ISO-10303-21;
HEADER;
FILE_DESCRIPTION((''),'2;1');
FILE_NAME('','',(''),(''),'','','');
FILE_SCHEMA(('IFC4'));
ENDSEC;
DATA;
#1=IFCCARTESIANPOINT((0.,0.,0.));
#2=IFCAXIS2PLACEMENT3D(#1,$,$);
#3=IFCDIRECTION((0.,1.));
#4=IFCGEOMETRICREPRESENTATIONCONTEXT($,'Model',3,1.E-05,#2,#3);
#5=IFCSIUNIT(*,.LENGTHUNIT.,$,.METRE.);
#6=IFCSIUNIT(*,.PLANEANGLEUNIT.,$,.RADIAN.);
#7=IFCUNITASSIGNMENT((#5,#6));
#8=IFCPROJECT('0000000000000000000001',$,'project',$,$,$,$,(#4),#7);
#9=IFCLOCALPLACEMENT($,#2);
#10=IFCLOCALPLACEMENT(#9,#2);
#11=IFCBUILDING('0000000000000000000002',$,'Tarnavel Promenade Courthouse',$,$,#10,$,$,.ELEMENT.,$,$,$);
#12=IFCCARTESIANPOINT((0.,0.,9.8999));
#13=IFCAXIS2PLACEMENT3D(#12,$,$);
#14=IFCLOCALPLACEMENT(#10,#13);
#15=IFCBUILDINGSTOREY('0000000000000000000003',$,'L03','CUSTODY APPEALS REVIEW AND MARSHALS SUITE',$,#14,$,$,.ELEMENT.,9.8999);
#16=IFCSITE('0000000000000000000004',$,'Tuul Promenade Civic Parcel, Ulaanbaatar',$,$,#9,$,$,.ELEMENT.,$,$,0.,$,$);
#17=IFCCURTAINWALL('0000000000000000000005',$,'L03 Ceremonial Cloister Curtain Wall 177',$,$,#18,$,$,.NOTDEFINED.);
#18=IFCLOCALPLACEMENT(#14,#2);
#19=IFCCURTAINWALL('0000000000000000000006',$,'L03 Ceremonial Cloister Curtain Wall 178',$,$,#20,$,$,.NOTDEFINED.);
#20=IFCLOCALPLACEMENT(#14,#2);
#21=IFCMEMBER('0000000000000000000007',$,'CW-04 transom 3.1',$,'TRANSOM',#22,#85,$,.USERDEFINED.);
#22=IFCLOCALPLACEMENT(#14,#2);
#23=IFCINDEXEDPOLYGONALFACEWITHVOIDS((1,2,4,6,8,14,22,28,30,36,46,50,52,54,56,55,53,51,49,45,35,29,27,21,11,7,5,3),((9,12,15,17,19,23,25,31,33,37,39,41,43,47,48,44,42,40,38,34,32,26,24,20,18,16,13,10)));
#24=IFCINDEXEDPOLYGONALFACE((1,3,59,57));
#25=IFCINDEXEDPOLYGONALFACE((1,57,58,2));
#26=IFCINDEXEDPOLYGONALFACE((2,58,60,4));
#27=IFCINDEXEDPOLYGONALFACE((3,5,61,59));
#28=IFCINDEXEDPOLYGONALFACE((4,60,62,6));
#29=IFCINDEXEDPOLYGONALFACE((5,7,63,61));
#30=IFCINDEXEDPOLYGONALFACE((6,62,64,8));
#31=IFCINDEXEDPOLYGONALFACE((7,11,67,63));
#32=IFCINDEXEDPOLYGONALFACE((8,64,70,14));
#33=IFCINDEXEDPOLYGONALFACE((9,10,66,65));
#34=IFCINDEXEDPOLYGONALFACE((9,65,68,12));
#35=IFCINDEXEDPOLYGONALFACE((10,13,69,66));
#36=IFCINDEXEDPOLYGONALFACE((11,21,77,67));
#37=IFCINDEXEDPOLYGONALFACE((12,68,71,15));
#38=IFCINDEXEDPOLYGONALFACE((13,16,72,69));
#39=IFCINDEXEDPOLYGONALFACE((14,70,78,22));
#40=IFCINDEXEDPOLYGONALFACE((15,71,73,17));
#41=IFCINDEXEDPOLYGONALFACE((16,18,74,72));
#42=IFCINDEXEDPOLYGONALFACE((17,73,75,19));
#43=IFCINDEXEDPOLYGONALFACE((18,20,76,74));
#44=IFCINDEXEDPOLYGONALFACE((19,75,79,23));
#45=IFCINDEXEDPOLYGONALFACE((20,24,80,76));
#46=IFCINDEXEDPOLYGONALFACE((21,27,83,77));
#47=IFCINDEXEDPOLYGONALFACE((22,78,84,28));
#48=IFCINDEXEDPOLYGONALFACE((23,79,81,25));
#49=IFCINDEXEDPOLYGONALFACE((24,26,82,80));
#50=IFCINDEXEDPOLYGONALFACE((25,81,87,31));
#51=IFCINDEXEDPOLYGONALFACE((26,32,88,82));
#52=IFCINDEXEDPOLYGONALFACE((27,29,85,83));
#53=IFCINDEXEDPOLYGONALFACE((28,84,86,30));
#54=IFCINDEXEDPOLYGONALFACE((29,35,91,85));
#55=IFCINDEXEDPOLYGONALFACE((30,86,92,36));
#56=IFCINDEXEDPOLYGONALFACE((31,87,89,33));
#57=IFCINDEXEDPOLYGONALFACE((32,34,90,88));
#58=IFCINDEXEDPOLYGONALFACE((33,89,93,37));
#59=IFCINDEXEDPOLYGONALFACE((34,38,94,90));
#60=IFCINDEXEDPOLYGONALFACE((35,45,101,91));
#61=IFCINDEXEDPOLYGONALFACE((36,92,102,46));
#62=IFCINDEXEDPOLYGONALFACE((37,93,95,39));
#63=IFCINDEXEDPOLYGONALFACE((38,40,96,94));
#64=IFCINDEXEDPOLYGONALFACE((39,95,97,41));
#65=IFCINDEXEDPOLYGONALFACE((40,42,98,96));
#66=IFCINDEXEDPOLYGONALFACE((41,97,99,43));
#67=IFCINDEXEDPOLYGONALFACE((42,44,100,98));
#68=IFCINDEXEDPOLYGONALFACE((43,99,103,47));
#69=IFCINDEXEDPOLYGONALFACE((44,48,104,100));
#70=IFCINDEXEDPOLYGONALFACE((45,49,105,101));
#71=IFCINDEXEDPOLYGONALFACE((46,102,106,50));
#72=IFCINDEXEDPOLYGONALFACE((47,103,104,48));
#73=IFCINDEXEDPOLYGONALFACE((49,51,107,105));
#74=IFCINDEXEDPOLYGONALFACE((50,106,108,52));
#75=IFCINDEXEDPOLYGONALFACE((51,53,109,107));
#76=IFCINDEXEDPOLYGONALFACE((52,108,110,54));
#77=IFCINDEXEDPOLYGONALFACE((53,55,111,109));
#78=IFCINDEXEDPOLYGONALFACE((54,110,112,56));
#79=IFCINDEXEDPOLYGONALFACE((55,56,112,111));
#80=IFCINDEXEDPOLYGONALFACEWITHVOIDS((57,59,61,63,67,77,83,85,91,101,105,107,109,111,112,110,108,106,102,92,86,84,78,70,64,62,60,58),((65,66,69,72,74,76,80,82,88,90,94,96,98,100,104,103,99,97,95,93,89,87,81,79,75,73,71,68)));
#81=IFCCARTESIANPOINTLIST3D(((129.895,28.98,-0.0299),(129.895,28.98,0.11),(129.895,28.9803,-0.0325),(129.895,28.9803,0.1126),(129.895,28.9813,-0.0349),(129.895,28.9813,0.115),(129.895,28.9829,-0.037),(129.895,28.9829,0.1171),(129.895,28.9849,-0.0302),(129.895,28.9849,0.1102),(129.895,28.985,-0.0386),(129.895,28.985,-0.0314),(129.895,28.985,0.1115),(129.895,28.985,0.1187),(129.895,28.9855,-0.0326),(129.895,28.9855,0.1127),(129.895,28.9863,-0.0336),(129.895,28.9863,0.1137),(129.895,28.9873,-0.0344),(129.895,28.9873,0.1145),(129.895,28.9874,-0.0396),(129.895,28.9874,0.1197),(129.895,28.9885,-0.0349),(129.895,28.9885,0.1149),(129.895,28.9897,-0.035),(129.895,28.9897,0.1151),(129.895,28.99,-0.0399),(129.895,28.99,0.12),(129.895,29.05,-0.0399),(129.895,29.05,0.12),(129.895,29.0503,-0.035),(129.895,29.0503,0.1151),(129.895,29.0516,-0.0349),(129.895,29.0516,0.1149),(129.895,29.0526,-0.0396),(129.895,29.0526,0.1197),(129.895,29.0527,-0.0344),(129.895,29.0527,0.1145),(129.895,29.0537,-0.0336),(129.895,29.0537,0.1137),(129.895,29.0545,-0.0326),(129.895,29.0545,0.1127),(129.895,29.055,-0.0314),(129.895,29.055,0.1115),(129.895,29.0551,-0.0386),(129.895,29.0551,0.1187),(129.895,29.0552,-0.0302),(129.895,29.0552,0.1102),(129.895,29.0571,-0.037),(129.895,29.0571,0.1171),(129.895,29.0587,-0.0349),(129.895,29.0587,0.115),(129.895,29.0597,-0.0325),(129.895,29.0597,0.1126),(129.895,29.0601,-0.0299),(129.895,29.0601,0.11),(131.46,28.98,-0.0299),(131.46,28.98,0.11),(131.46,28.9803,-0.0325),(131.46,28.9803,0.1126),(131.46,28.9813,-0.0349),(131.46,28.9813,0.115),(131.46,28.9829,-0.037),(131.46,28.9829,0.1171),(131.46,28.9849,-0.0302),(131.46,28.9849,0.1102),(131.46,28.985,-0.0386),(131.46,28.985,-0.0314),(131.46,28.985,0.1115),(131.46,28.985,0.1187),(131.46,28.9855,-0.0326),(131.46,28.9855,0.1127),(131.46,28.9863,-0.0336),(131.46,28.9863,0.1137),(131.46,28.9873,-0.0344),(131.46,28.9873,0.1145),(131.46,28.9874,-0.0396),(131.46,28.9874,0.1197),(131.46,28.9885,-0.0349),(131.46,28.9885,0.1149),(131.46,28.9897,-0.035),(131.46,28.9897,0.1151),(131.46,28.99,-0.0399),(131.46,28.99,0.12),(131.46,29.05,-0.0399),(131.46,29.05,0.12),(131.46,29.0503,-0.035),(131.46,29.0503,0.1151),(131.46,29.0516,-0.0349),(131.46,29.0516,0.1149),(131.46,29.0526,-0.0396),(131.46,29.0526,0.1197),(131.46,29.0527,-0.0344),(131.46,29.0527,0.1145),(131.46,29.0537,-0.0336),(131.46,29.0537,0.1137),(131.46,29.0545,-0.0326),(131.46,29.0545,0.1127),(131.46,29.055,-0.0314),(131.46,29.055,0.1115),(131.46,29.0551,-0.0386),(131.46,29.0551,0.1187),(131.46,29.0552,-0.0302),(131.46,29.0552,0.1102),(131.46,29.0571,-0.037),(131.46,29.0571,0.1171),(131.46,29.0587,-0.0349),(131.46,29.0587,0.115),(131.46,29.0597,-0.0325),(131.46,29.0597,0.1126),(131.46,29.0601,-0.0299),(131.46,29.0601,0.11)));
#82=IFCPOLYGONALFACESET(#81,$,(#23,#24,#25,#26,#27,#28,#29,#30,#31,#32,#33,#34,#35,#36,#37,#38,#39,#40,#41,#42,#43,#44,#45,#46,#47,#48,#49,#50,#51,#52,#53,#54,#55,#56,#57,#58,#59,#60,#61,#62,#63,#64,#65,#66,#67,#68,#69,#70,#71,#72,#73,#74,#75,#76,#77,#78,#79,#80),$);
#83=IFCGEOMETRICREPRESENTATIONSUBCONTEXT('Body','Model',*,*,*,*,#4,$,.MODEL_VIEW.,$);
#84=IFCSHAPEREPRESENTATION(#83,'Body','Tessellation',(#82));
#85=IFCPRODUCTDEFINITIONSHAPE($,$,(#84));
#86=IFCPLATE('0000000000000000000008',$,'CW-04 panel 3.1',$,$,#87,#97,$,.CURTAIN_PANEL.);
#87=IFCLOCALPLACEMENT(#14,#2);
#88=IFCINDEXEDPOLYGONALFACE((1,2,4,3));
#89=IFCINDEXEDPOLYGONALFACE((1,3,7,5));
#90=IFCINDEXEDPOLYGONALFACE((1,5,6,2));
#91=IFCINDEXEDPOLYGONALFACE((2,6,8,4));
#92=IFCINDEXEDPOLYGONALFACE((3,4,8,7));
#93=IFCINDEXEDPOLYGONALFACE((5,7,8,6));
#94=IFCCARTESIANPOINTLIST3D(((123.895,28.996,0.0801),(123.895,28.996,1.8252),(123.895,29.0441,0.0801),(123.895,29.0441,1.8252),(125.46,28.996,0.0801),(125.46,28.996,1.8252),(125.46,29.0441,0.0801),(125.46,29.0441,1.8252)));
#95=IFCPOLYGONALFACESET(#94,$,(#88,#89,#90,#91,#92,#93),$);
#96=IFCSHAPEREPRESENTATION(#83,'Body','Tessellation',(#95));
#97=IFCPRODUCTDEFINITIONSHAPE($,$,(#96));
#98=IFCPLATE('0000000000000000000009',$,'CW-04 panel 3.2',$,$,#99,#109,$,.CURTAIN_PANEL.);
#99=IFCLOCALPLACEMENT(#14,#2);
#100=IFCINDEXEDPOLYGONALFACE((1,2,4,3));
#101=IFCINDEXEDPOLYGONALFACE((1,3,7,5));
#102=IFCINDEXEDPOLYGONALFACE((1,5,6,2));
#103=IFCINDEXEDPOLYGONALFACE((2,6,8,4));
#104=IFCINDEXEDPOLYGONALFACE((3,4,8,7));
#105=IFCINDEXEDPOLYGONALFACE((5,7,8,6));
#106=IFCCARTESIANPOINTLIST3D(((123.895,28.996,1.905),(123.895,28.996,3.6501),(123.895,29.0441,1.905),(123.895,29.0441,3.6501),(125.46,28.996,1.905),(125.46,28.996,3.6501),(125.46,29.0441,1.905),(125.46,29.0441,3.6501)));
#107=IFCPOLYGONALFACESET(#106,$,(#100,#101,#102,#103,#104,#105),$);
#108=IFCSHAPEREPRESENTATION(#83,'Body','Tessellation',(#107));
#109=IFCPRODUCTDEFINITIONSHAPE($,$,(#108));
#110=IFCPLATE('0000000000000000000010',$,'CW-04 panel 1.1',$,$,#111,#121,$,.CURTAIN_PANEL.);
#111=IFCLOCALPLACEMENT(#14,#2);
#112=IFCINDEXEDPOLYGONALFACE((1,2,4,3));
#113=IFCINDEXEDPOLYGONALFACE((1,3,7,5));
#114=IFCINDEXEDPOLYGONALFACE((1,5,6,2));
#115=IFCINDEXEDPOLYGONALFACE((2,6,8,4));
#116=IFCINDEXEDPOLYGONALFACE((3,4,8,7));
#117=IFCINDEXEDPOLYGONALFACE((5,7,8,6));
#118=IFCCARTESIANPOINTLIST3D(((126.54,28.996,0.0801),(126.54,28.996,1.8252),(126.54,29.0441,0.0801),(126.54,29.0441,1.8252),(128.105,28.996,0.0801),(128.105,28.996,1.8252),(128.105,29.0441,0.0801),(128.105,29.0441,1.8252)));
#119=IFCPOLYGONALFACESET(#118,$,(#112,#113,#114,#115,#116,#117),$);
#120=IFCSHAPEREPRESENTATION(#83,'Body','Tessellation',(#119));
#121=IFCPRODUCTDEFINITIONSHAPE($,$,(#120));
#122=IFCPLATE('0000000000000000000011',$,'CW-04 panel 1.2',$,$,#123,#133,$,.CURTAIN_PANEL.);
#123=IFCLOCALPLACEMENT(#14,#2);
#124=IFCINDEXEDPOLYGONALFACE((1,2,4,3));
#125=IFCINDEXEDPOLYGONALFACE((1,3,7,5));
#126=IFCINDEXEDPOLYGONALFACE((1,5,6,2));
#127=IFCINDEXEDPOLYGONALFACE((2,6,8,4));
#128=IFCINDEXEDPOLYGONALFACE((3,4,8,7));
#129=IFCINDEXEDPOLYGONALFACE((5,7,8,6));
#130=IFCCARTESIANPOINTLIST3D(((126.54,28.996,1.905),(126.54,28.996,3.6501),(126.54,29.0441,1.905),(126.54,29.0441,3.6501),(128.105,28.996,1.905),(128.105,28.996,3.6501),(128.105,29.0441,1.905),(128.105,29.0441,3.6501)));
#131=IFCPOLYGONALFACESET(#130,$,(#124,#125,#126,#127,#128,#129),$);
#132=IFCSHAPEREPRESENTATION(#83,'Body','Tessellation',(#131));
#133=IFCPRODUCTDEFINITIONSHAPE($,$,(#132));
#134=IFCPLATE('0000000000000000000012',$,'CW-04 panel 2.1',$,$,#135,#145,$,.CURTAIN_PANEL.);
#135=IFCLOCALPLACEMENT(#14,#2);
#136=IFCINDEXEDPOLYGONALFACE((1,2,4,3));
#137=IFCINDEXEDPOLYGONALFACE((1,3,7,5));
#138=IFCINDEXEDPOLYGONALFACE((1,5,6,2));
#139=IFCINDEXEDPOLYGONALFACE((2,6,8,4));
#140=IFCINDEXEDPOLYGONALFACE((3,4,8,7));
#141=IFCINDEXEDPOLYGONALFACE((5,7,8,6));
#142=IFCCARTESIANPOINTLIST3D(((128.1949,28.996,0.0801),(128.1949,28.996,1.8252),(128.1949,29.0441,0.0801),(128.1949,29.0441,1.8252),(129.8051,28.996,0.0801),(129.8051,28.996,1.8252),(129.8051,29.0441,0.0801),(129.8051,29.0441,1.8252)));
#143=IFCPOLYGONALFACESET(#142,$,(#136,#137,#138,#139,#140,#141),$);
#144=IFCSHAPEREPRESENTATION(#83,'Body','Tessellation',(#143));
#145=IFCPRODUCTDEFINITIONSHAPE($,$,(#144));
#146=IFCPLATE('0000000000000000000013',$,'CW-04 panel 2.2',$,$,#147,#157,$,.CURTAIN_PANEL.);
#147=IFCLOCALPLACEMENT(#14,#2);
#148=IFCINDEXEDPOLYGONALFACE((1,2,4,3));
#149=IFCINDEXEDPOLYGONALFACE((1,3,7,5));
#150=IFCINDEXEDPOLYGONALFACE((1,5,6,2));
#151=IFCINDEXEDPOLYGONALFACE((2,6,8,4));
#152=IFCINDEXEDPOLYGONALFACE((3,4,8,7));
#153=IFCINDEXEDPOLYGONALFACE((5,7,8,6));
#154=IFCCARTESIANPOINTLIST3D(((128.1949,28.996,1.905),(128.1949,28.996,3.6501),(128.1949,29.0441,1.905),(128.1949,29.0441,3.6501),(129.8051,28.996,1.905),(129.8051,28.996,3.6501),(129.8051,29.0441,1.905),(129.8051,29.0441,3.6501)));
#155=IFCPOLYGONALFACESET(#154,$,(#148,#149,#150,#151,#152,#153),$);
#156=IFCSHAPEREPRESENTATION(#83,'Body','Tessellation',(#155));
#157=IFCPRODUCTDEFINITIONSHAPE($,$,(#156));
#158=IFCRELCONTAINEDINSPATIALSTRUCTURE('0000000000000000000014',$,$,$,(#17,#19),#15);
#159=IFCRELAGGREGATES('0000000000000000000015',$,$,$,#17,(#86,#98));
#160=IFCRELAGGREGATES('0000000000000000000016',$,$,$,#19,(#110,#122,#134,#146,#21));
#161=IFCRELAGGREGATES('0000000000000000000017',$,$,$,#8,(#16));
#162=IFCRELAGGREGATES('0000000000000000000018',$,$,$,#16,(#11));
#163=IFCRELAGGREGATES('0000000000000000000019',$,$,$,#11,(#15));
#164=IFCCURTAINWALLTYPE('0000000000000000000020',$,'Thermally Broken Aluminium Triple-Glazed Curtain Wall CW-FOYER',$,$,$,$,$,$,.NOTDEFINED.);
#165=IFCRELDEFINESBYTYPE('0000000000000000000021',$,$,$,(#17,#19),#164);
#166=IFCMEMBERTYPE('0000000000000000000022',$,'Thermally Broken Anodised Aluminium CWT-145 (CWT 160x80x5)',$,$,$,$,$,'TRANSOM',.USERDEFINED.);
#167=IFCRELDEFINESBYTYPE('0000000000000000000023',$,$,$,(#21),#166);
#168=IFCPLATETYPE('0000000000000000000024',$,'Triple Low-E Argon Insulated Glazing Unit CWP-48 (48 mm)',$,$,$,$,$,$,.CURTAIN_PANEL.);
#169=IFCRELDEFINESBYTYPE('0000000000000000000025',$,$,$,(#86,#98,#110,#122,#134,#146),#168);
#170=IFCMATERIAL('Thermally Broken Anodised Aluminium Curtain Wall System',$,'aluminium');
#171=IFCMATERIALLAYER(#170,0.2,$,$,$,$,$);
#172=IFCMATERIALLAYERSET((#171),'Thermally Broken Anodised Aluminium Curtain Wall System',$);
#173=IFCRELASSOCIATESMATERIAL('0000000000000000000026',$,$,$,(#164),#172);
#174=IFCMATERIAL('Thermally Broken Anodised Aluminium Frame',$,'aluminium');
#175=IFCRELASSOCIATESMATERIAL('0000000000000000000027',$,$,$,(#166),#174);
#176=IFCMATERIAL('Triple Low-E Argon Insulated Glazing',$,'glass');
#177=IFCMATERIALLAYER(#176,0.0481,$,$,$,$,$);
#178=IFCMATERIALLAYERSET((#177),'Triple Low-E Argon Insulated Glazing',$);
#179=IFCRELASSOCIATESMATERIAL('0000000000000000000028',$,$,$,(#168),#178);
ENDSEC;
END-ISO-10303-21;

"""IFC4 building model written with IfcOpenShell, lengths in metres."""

from ifc_helpers import new_model, si_unit, direction, frame, origin, origin_2d, place, context, subcontext, project, spatial, rectangle, hollow_rectangle, extrude, material, layer, layer_set, material_profile, profile_set, type_object, element, aggregate, save


model = new_model("IFC4")

# Units and contexts
model_context = context("Model", 3, precision=1e-05, world=origin(), true_north=direction((0.0, 1.0)))
body_context = subcontext(model_context, "Body", "Model", "MODEL_VIEW")
ifc_project = project(units=[si_unit("LENGTHUNIT", "METRE"), si_unit("PLANEANGLEUNIT", "RADIAN")], contexts=[model_context])

# Site, building, storey
site_placement = place(None, origin())
site = spatial("IfcSite", under=ifc_project, at=site_placement, Name="Tuul Promenade Civic Parcel, Ulaanbaatar", CompositionType="ELEMENT", RefElevation=0.0)
building_placement = place(site_placement, origin())
building = spatial("IfcBuilding", under=site, at=building_placement, Name="Tarnavel Promenade Courthouse", CompositionType="ELEMENT")
storey_placement = place(building_placement, frame((0.0, 0.0, 9.8999)))
storey = spatial("IfcBuildingStorey", under=building, at=storey_placement, Name="L03", Description="CUSTODY APPEALS REVIEW AND MARSHALS SUITE", CompositionType="ELEMENT", Elevation=9.8999)

# Curtain wall
ifc_material_1 = material(Name="Thermally Broken Anodised Aluminium Curtain Wall System", Category="aluminium")
ifc_layer_1 = layer(ifc_material_1, 0.2)
ifc_layer_set_1 = layer_set([ifc_layer_1], Name="Thermally Broken Anodised Aluminium Curtain Wall System")
curtain_wall_type = type_object("IfcCurtainWallType", Name="Thermally Broken Aluminium Triple-Glazed Curtain Wall CW-FOYER", PredefinedType="NOTDEFINED", material=ifc_layer_set_1)
curtain_wall_1_placement = place(storey_placement, origin())
curtain_wall_1 = element("IfcCurtainWall", 1, at=curtain_wall_1_placement, inside=storey, type_object=curtain_wall_type, Name="L03 Ceremonial Cloister Curtain Wall 177", PredefinedType="NOTDEFINED")
ifc_material_2 = material(Name="Thermally Broken Anodised Aluminium Frame", Category="aluminium")

# Curtain wall, member
curtain_wall_2_placement = place(storey_placement, origin())
curtain_wall_2 = element("IfcCurtainWall", 2, at=curtain_wall_2_placement, inside=storey, type_object=curtain_wall_type, Name="L03 Ceremonial Cloister Curtain Wall 178", PredefinedType="NOTDEFINED")
ifc_material_profile_1 = material_profile(ifc_material_2, hollow_rectangle(XDim=0.0801, YDim=0.1599, WallThickness=0.0049, InnerFilletRadius=0.0049, OuterFilletRadius=0.01, at=origin_2d()), Name="CWT 160x80x5")
ifc_profile_set_1 = profile_set([ifc_material_profile_1], Name="Thermally Broken Anodised Aluminium Frame")
member_type_1 = type_object("IfcMemberType", Name="Thermally Broken Anodised Aluminium CWT-145 (CWT 160x80x5)", ElementType="TRANSOM", PredefinedType="USERDEFINED", material=ifc_profile_set_1)
member_1_placement = place(storey_placement, frame((129.895, 29.02, 0.04), z_axis=(1.0, 0.0, 0.0), x_axis=(0.0, 1.0, 0.0)))
member_1 = element("IfcMember", 3, at=member_1_placement, type_object=member_type_1, Name="CW-04 transom 3.1", ObjectType="TRANSOM", PredefinedType="USERDEFINED", context=body_context, shape_type="SweptSolid", body=[
    extrude(hollow_rectangle(XDim=0.0801, YDim=0.1599, WallThickness=0.0049, InnerFilletRadius=0.0049, OuterFilletRadius=0.01, at=origin_2d()), origin(), (0.0, 0.0, 1.0), 1.5649),
])

# Plates
ifc_material_3 = material(Name="Triple Low-E Argon Insulated Glazing", Category="glass")
ifc_layer_2 = layer(ifc_material_3, 0.0481)
ifc_layer_set_2 = layer_set([ifc_layer_2], Name="Triple Low-E Argon Insulated Glazing")
plate_type = type_object("IfcPlateType", Name="Triple Low-E Argon Insulated Glazing Unit CWP-48 (48 mm)", PredefinedType="CURTAIN_PANEL", material=ifc_layer_set_2)
plate_1_placement = place(storey_placement, frame((124.6775, 29.02, 0.0801), z_axis=(0.0, 0.0, 1.0), x_axis=(1.0, 0.0, 0.0)))
plate_1 = element("IfcPlate", 4, at=plate_1_placement, type_object=plate_type, Name="CW-04 panel 3.1", PredefinedType="CURTAIN_PANEL", context=body_context, shape_type="SweptSolid", body=[
    extrude(rectangle(XDim=1.5649, YDim=0.0481, at=origin_2d()), origin(), (0.0, 0.0, 1.0), 1.7451),
])
plate_2_placement = place(storey_placement, frame((124.6775, 29.02, 1.905), z_axis=(0.0, 0.0, 1.0), x_axis=(1.0, 0.0, 0.0)))
plate_2 = element("IfcPlate", 5, at=plate_2_placement, type_object=plate_type, Name="CW-04 panel 3.2", PredefinedType="CURTAIN_PANEL", context=body_context, shape_type="SweptSolid", body=[
    extrude(rectangle(XDim=1.5649, YDim=0.0481, at=origin_2d()), origin(), (0.0, 0.0, 1.0), 1.7451),
])
aggregate(curtain_wall_1, [plate_1, plate_2])
plate_3_placement = place(storey_placement, frame((127.3225, 29.02, 0.0801), z_axis=(0.0, 0.0, 1.0), x_axis=(1.0, 0.0, 0.0)))
plate_3 = element("IfcPlate", 6, at=plate_3_placement, type_object=plate_type, Name="CW-04 panel 1.1", PredefinedType="CURTAIN_PANEL", context=body_context, shape_type="SweptSolid", body=[
    extrude(rectangle(XDim=1.5649, YDim=0.0481, at=origin_2d()), origin(), (0.0, 0.0, 1.0), 1.7451),
])
plate_4_placement = place(storey_placement, frame((127.3225, 29.02, 1.905), z_axis=(0.0, 0.0, 1.0), x_axis=(1.0, 0.0, 0.0)))
plate_4 = element("IfcPlate", 7, at=plate_4_placement, type_object=plate_type, Name="CW-04 panel 1.2", PredefinedType="CURTAIN_PANEL", context=body_context, shape_type="SweptSolid", body=[
    extrude(rectangle(XDim=1.5649, YDim=0.0481, at=origin_2d()), origin(), (0.0, 0.0, 1.0), 1.7451),
])
plate_5_placement = place(storey_placement, frame((129.0, 29.02, 0.0801), z_axis=(0.0, 0.0, 1.0), x_axis=(1.0, 0.0, 0.0)))
plate_5 = element("IfcPlate", 8, at=plate_5_placement, type_object=plate_type, Name="CW-04 panel 2.1", PredefinedType="CURTAIN_PANEL", context=body_context, shape_type="SweptSolid", body=[
    extrude(rectangle(XDim=1.6101, YDim=0.0481, at=origin_2d()), origin(), (0.0, 0.0, 1.0), 1.7451),
])
plate_6_placement = place(storey_placement, frame((129.0, 29.02, 1.905), z_axis=(0.0, 0.0, 1.0), x_axis=(1.0, 0.0, 0.0)))
plate_6 = element("IfcPlate", 9, at=plate_6_placement, type_object=plate_type, Name="CW-04 panel 2.2", PredefinedType="CURTAIN_PANEL", context=body_context, shape_type="SweptSolid", body=[
    extrude(rectangle(XDim=1.6101, YDim=0.0481, at=origin_2d()), origin(), (0.0, 0.0, 1.0), 1.7451),
])
aggregate(curtain_wall_2, [plate_3, plate_4, plate_5, plate_6, member_1])

save(model, "model.ifc")
